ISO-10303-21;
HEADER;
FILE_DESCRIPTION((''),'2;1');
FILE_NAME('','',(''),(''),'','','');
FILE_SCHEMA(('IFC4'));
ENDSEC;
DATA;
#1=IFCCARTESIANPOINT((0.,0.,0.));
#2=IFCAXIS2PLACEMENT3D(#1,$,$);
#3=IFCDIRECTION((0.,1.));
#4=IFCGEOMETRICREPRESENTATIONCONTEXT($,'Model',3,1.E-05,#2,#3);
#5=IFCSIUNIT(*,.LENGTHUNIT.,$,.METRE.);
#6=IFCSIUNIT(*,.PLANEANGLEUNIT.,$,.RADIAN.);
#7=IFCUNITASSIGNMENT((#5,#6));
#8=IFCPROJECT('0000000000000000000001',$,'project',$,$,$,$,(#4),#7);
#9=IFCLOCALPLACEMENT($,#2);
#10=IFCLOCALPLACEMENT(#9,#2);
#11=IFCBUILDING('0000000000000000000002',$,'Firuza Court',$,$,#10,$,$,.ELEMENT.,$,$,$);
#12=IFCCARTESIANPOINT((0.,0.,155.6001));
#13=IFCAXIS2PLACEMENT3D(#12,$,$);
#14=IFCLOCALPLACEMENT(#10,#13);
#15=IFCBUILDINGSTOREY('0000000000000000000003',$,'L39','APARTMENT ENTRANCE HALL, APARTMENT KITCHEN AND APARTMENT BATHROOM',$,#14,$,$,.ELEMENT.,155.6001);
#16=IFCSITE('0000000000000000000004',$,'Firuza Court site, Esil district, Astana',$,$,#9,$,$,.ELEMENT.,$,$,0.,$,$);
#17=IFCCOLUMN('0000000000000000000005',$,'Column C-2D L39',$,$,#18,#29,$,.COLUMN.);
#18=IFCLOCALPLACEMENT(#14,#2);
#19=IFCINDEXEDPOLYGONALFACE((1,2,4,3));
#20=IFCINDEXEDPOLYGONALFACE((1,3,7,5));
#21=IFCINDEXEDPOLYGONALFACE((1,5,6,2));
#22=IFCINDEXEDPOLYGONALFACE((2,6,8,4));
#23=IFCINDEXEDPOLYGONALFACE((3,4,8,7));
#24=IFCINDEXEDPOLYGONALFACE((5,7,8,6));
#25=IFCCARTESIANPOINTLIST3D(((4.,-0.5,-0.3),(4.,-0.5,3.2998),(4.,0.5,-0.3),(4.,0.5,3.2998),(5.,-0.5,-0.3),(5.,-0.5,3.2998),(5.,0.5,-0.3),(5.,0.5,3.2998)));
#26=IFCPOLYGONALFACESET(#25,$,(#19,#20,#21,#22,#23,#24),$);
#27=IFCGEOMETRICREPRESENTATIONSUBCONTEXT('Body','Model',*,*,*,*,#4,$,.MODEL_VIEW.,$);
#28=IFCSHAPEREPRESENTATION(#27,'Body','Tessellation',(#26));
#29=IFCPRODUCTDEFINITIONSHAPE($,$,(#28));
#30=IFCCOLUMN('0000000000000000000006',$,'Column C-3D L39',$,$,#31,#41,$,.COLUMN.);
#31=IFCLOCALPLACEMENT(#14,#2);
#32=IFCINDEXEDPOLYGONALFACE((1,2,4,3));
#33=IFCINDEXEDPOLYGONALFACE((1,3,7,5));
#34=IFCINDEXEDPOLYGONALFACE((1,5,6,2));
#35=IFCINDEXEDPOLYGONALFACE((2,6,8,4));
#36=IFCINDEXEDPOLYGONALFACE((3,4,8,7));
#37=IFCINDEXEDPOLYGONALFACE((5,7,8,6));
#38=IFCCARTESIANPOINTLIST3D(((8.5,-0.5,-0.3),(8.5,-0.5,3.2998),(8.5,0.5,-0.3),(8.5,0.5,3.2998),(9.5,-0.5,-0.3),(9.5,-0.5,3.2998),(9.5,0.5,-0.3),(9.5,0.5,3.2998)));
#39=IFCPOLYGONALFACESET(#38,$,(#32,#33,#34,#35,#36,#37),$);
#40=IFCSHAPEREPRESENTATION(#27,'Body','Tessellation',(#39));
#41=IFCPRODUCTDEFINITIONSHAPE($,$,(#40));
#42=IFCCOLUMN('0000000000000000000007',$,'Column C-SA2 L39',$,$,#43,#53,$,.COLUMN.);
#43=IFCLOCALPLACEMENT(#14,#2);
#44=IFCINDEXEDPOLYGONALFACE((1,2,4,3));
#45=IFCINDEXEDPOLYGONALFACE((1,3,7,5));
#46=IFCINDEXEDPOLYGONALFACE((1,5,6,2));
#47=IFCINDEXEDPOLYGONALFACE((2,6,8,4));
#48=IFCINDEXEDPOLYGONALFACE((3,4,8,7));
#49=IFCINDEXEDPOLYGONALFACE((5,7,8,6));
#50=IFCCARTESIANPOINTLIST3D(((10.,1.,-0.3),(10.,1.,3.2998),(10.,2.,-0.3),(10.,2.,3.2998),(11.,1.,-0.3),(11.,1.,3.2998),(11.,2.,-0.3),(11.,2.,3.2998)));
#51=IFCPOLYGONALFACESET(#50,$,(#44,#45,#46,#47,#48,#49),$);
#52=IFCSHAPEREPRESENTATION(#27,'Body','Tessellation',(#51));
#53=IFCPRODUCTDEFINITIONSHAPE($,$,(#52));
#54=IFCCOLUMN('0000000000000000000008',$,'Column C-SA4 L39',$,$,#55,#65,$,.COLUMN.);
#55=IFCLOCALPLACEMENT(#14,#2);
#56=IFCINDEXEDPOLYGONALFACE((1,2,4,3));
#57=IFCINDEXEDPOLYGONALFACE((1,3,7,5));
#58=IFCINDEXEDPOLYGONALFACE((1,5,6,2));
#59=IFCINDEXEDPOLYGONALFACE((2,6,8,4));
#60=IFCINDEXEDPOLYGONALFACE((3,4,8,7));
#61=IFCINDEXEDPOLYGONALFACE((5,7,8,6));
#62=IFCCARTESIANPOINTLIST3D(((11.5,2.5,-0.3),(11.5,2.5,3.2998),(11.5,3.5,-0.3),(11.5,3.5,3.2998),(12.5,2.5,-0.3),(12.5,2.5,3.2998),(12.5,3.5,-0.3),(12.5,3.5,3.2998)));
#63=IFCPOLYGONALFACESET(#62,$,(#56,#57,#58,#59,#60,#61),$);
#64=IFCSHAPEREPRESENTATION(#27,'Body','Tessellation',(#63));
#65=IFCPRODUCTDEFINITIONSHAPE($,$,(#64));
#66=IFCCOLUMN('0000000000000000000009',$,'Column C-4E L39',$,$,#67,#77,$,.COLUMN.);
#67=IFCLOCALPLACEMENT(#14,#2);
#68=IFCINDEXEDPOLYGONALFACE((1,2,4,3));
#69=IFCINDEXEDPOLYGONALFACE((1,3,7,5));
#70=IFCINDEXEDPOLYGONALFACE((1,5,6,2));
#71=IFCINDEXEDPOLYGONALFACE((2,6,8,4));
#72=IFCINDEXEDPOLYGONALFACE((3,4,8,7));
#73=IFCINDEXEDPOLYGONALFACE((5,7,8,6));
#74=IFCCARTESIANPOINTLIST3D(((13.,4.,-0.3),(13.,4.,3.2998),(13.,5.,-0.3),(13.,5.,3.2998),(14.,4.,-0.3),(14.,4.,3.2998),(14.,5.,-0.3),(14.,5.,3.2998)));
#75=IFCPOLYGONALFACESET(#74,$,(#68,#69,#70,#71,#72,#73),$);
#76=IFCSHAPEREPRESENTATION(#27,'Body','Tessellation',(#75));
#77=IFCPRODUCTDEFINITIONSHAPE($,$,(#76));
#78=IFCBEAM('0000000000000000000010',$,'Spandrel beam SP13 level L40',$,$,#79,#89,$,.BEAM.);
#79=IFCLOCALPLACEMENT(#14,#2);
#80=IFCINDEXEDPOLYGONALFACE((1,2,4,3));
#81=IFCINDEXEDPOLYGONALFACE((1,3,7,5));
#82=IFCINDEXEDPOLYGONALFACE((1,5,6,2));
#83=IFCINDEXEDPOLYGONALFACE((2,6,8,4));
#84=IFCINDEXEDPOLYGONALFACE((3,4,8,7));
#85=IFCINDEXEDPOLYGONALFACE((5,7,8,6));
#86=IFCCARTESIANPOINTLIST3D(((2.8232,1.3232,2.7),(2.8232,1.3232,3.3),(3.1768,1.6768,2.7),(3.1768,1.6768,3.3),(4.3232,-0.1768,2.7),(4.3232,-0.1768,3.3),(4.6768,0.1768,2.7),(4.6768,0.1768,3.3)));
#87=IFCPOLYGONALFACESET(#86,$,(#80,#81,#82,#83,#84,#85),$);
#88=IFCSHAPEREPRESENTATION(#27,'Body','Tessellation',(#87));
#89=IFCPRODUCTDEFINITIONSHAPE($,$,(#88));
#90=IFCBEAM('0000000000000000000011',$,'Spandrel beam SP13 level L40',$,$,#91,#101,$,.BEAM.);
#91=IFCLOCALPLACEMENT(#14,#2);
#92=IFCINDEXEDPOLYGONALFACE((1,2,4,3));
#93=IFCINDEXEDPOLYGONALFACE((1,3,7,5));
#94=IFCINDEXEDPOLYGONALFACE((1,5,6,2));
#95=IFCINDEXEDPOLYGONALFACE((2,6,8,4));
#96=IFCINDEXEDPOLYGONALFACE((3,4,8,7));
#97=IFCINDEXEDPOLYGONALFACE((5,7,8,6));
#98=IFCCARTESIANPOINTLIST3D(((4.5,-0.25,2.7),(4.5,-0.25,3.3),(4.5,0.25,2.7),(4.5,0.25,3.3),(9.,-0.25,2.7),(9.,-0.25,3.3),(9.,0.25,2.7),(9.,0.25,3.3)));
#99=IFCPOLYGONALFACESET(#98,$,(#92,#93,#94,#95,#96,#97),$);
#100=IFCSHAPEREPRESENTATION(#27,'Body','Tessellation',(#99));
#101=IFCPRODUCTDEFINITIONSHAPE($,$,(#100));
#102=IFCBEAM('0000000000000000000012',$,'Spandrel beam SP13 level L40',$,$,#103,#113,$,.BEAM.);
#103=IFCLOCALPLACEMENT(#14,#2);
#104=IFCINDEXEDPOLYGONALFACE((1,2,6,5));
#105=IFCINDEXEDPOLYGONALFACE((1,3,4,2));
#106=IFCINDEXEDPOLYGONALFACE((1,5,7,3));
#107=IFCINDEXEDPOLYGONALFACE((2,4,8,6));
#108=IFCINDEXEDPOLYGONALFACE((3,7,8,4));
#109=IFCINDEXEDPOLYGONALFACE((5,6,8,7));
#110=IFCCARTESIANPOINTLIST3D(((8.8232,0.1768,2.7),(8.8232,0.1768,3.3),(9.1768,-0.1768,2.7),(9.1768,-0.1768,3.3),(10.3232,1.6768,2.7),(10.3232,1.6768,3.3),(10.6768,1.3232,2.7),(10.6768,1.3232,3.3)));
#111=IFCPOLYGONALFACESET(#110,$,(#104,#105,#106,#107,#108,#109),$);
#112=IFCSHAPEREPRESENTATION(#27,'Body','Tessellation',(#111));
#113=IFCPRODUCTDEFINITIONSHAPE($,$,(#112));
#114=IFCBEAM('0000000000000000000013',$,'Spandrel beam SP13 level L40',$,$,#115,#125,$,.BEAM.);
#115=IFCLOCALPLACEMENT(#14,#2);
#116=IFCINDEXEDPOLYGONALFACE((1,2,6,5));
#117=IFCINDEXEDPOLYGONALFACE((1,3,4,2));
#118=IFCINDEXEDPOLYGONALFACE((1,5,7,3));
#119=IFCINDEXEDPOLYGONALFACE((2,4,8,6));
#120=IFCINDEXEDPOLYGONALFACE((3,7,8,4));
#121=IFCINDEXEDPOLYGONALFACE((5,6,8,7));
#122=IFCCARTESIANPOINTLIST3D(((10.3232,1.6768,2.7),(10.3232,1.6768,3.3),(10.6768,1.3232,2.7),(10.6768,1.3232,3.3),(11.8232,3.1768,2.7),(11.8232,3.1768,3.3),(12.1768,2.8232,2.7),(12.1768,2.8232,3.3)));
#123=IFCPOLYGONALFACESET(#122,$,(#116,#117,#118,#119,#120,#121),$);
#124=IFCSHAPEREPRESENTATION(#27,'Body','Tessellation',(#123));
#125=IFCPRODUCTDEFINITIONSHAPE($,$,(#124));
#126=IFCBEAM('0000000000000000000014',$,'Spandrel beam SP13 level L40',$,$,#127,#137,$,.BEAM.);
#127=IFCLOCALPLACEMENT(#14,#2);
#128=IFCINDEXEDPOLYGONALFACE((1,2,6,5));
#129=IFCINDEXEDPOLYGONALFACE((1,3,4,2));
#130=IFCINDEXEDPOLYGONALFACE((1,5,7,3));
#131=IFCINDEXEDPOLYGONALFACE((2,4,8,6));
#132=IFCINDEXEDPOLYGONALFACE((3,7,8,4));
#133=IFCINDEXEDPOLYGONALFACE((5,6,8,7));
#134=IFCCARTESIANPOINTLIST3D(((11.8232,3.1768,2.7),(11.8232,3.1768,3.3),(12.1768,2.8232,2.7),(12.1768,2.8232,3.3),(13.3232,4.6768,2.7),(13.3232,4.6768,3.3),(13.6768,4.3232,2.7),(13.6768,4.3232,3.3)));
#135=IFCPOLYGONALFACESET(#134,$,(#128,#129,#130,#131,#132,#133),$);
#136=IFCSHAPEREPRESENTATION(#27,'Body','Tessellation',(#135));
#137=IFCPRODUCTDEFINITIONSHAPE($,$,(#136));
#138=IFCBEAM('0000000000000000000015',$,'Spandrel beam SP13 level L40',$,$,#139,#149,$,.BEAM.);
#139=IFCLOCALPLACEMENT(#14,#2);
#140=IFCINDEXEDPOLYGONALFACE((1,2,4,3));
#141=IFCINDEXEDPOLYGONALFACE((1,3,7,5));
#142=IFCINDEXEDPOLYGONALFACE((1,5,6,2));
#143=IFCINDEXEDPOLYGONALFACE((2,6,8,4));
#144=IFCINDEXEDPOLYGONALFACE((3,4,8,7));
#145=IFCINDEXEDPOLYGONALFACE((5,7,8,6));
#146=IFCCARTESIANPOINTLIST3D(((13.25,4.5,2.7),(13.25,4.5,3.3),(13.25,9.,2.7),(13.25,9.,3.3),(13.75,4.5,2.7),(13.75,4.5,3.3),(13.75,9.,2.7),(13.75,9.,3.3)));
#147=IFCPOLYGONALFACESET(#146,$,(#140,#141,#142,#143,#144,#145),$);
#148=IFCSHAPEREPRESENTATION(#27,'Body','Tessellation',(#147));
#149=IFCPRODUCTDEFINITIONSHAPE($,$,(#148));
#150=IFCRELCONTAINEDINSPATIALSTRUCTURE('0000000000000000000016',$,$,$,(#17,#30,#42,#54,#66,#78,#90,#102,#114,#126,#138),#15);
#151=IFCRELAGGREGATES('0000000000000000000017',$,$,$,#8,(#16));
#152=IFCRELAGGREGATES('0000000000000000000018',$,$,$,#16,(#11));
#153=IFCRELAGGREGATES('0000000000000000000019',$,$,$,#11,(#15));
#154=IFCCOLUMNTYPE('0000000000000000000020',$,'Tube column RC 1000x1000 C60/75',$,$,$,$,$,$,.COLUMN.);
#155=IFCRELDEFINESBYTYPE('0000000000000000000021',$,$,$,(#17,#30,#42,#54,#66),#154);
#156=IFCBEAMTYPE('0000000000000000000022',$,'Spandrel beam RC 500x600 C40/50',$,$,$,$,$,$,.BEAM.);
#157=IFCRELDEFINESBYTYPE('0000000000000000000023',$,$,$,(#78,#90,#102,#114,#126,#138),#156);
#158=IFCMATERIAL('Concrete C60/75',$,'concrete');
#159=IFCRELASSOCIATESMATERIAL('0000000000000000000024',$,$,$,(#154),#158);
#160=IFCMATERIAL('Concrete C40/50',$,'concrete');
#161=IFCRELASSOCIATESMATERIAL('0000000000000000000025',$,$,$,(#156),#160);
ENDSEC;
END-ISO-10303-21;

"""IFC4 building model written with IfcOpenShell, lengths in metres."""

from ifc_helpers import new_model, si_unit, direction, frame, origin, origin_2d, place, context, subcontext, project, spatial, rectangle, extrude, material, material_profile, profile_set, type_object, element, save


model = new_model("IFC4")

# Units and contexts
model_context = context("Model", 3, precision=1e-05, world=origin(), true_north=direction((0.0, 1.0)))
body_context = subcontext(model_context, "Body", "Model", "MODEL_VIEW")
ifc_project = project(units=[si_unit("LENGTHUNIT", "METRE"), si_unit("PLANEANGLEUNIT", "RADIAN")], contexts=[model_context])

# Site, building, storey
site_placement = place(None, origin())
site = spatial("IfcSite", under=ifc_project, at=site_placement, Name="Firuza Court site, Esil district, Astana", CompositionType="ELEMENT", RefElevation=0.0)
building_placement = place(site_placement, origin())
building = spatial("IfcBuilding", under=site, at=building_placement, Name="Firuza Court", CompositionType="ELEMENT")
storey_placement = place(building_placement, frame((0.0, 0.0, 155.6001)))
storey = spatial("IfcBuildingStorey", under=building, at=storey_placement, Name="L39", Description="APARTMENT ENTRANCE HALL, APARTMENT KITCHEN AND APARTMENT BATHROOM", CompositionType="ELEMENT", Elevation=155.6001)

# Columns
ifc_material_1 = material(Name="Concrete C60/75", Category="concrete")
ifc_material_profile_1 = material_profile(ifc_material_1, rectangle(XDim=1.0, YDim=1.0, at=origin_2d()), Name="RC 1000x1000")
ifc_profile_set_1 = profile_set([ifc_material_profile_1], Name="Concrete C60/75")
column_type = type_object("IfcColumnType", Name="Tube column RC 1000x1000 C60/75", PredefinedType="COLUMN", material=ifc_profile_set_1)
for number, where, z_axis, x_axis, name in (
    (1, (4.5, 0.0, -0.3), (0.0, 0.0, 1.0), (1.0, 0.0, 0.0), "Column C-2D L39"),
    (2, (9.0, 0.0, -0.3), (0.0, 0.0, 1.0), (1.0, 0.0, 0.0), "Column C-3D L39"),
    (3, (10.5, 1.5, -0.3), (0.0, 0.0, 1.0), (1.0, 0.0, 0.0), "Column C-SA2 L39"),
    (4, (12.0, 3.0, -0.3), (0.0, 0.0, 1.0), (1.0, 0.0, 0.0), "Column C-SA4 L39"),
    (5, (13.5, 4.5, -0.3), (0.0, 0.0, 1.0), (1.0, 0.0, 0.0), "Column C-4E L39"),
):
    element("IfcColumn", number, at=place(storey_placement, frame(where, z_axis=z_axis, x_axis=x_axis)), inside=storey, type_object=column_type, Name=name, PredefinedType="COLUMN", context=body_context, shape_type="SweptSolid", body=[
        extrude(rectangle(XDim=1.0, YDim=1.0, at=origin_2d()), origin(), (0.0, 0.0, 1.0), 3.5999),
    ])

# Beams
ifc_material_2 = material(Name="Concrete C40/50", Category="concrete")
ifc_material_profile_2 = material_profile(ifc_material_2, rectangle(XDim=0.5, YDim=0.6001, at=origin_2d()), Name="RC 500x600")
ifc_profile_set_2 = profile_set([ifc_material_profile_2], Name="Concrete C40/50")
beam_type = type_object("IfcBeamType", Name="Spandrel beam RC 500x600 C40/50", PredefinedType="BEAM", material=ifc_profile_set_2)
beam_1_placement = place(storey_placement, frame((3.0, 1.5, 3.0), z_axis=(0.707107, -0.707107, 0.0), x_axis=(0.707107, 0.707107, 0.0)))
element("IfcBeam", 6, at=beam_1_placement, inside=storey, type_object=beam_type, Name="Spandrel beam SP13 level L40", PredefinedType="BEAM", context=body_context, shape_type="SweptSolid", body=[
    extrude(rectangle(XDim=0.5, YDim=0.6001, at=origin_2d()), origin(), (0.0, 0.0, 1.0), 2.1213),
])
beam_2_placement = place(storey_placement, frame((4.5, 0.0, 3.0), z_axis=(1.0, 0.0, 0.0), x_axis=(0.0, 1.0, 0.0)))
element("IfcBeam", 7, at=beam_2_placement, inside=storey, type_object=beam_type, Name="Spandrel beam SP13 level L40", PredefinedType="BEAM", context=body_context, shape_type="SweptSolid", body=[
    extrude(rectangle(XDim=0.5, YDim=0.6001, at=origin_2d()), origin(), (0.0, 0.0, 1.0), 4.5),
])
for number, where, z_axis, x_axis, name in (
    (8, (9.0, 0.0, 3.0), (0.707107, 0.707107, 0.0), (-0.707107, 0.707107, 0.0), "Spandrel beam SP13 level L40"),
    (9, (10.5, 1.5, 3.0), (0.707107, 0.707107, 0.0), (-0.707107, 0.707107, 0.0), "Spandrel beam SP13 level L40"),
    (10, (12.0, 3.0, 3.0), (0.707107, 0.707107, 0.0), (-0.707107, 0.707107, 0.0), "Spandrel beam SP13 level L40"),
):
    element("IfcBeam", number, at=place(storey_placement, frame(where, z_axis=z_axis, x_axis=x_axis)), inside=storey, type_object=beam_type, Name=name, PredefinedType="BEAM", context=body_context, shape_type="SweptSolid", body=[
        extrude(rectangle(XDim=0.5, YDim=0.6001, at=origin_2d()), origin(), (0.0, 0.0, 1.0), 2.1213),
    ])
beam_3_placement = place(storey_placement, frame((13.5, 4.5, 3.0), z_axis=(0.0, 1.0, 0.0), x_axis=(-1.0, 0.0, 0.0)))
element("IfcBeam", 11, at=beam_3_placement, inside=storey, type_object=beam_type, Name="Spandrel beam SP13 level L40", PredefinedType="BEAM", context=body_context, shape_type="SweptSolid", body=[
    extrude(rectangle(XDim=0.5, YDim=0.6001, at=origin_2d()), origin(), (0.0, 0.0, 1.0), 4.5),
])

save(model, "model.ifc")
